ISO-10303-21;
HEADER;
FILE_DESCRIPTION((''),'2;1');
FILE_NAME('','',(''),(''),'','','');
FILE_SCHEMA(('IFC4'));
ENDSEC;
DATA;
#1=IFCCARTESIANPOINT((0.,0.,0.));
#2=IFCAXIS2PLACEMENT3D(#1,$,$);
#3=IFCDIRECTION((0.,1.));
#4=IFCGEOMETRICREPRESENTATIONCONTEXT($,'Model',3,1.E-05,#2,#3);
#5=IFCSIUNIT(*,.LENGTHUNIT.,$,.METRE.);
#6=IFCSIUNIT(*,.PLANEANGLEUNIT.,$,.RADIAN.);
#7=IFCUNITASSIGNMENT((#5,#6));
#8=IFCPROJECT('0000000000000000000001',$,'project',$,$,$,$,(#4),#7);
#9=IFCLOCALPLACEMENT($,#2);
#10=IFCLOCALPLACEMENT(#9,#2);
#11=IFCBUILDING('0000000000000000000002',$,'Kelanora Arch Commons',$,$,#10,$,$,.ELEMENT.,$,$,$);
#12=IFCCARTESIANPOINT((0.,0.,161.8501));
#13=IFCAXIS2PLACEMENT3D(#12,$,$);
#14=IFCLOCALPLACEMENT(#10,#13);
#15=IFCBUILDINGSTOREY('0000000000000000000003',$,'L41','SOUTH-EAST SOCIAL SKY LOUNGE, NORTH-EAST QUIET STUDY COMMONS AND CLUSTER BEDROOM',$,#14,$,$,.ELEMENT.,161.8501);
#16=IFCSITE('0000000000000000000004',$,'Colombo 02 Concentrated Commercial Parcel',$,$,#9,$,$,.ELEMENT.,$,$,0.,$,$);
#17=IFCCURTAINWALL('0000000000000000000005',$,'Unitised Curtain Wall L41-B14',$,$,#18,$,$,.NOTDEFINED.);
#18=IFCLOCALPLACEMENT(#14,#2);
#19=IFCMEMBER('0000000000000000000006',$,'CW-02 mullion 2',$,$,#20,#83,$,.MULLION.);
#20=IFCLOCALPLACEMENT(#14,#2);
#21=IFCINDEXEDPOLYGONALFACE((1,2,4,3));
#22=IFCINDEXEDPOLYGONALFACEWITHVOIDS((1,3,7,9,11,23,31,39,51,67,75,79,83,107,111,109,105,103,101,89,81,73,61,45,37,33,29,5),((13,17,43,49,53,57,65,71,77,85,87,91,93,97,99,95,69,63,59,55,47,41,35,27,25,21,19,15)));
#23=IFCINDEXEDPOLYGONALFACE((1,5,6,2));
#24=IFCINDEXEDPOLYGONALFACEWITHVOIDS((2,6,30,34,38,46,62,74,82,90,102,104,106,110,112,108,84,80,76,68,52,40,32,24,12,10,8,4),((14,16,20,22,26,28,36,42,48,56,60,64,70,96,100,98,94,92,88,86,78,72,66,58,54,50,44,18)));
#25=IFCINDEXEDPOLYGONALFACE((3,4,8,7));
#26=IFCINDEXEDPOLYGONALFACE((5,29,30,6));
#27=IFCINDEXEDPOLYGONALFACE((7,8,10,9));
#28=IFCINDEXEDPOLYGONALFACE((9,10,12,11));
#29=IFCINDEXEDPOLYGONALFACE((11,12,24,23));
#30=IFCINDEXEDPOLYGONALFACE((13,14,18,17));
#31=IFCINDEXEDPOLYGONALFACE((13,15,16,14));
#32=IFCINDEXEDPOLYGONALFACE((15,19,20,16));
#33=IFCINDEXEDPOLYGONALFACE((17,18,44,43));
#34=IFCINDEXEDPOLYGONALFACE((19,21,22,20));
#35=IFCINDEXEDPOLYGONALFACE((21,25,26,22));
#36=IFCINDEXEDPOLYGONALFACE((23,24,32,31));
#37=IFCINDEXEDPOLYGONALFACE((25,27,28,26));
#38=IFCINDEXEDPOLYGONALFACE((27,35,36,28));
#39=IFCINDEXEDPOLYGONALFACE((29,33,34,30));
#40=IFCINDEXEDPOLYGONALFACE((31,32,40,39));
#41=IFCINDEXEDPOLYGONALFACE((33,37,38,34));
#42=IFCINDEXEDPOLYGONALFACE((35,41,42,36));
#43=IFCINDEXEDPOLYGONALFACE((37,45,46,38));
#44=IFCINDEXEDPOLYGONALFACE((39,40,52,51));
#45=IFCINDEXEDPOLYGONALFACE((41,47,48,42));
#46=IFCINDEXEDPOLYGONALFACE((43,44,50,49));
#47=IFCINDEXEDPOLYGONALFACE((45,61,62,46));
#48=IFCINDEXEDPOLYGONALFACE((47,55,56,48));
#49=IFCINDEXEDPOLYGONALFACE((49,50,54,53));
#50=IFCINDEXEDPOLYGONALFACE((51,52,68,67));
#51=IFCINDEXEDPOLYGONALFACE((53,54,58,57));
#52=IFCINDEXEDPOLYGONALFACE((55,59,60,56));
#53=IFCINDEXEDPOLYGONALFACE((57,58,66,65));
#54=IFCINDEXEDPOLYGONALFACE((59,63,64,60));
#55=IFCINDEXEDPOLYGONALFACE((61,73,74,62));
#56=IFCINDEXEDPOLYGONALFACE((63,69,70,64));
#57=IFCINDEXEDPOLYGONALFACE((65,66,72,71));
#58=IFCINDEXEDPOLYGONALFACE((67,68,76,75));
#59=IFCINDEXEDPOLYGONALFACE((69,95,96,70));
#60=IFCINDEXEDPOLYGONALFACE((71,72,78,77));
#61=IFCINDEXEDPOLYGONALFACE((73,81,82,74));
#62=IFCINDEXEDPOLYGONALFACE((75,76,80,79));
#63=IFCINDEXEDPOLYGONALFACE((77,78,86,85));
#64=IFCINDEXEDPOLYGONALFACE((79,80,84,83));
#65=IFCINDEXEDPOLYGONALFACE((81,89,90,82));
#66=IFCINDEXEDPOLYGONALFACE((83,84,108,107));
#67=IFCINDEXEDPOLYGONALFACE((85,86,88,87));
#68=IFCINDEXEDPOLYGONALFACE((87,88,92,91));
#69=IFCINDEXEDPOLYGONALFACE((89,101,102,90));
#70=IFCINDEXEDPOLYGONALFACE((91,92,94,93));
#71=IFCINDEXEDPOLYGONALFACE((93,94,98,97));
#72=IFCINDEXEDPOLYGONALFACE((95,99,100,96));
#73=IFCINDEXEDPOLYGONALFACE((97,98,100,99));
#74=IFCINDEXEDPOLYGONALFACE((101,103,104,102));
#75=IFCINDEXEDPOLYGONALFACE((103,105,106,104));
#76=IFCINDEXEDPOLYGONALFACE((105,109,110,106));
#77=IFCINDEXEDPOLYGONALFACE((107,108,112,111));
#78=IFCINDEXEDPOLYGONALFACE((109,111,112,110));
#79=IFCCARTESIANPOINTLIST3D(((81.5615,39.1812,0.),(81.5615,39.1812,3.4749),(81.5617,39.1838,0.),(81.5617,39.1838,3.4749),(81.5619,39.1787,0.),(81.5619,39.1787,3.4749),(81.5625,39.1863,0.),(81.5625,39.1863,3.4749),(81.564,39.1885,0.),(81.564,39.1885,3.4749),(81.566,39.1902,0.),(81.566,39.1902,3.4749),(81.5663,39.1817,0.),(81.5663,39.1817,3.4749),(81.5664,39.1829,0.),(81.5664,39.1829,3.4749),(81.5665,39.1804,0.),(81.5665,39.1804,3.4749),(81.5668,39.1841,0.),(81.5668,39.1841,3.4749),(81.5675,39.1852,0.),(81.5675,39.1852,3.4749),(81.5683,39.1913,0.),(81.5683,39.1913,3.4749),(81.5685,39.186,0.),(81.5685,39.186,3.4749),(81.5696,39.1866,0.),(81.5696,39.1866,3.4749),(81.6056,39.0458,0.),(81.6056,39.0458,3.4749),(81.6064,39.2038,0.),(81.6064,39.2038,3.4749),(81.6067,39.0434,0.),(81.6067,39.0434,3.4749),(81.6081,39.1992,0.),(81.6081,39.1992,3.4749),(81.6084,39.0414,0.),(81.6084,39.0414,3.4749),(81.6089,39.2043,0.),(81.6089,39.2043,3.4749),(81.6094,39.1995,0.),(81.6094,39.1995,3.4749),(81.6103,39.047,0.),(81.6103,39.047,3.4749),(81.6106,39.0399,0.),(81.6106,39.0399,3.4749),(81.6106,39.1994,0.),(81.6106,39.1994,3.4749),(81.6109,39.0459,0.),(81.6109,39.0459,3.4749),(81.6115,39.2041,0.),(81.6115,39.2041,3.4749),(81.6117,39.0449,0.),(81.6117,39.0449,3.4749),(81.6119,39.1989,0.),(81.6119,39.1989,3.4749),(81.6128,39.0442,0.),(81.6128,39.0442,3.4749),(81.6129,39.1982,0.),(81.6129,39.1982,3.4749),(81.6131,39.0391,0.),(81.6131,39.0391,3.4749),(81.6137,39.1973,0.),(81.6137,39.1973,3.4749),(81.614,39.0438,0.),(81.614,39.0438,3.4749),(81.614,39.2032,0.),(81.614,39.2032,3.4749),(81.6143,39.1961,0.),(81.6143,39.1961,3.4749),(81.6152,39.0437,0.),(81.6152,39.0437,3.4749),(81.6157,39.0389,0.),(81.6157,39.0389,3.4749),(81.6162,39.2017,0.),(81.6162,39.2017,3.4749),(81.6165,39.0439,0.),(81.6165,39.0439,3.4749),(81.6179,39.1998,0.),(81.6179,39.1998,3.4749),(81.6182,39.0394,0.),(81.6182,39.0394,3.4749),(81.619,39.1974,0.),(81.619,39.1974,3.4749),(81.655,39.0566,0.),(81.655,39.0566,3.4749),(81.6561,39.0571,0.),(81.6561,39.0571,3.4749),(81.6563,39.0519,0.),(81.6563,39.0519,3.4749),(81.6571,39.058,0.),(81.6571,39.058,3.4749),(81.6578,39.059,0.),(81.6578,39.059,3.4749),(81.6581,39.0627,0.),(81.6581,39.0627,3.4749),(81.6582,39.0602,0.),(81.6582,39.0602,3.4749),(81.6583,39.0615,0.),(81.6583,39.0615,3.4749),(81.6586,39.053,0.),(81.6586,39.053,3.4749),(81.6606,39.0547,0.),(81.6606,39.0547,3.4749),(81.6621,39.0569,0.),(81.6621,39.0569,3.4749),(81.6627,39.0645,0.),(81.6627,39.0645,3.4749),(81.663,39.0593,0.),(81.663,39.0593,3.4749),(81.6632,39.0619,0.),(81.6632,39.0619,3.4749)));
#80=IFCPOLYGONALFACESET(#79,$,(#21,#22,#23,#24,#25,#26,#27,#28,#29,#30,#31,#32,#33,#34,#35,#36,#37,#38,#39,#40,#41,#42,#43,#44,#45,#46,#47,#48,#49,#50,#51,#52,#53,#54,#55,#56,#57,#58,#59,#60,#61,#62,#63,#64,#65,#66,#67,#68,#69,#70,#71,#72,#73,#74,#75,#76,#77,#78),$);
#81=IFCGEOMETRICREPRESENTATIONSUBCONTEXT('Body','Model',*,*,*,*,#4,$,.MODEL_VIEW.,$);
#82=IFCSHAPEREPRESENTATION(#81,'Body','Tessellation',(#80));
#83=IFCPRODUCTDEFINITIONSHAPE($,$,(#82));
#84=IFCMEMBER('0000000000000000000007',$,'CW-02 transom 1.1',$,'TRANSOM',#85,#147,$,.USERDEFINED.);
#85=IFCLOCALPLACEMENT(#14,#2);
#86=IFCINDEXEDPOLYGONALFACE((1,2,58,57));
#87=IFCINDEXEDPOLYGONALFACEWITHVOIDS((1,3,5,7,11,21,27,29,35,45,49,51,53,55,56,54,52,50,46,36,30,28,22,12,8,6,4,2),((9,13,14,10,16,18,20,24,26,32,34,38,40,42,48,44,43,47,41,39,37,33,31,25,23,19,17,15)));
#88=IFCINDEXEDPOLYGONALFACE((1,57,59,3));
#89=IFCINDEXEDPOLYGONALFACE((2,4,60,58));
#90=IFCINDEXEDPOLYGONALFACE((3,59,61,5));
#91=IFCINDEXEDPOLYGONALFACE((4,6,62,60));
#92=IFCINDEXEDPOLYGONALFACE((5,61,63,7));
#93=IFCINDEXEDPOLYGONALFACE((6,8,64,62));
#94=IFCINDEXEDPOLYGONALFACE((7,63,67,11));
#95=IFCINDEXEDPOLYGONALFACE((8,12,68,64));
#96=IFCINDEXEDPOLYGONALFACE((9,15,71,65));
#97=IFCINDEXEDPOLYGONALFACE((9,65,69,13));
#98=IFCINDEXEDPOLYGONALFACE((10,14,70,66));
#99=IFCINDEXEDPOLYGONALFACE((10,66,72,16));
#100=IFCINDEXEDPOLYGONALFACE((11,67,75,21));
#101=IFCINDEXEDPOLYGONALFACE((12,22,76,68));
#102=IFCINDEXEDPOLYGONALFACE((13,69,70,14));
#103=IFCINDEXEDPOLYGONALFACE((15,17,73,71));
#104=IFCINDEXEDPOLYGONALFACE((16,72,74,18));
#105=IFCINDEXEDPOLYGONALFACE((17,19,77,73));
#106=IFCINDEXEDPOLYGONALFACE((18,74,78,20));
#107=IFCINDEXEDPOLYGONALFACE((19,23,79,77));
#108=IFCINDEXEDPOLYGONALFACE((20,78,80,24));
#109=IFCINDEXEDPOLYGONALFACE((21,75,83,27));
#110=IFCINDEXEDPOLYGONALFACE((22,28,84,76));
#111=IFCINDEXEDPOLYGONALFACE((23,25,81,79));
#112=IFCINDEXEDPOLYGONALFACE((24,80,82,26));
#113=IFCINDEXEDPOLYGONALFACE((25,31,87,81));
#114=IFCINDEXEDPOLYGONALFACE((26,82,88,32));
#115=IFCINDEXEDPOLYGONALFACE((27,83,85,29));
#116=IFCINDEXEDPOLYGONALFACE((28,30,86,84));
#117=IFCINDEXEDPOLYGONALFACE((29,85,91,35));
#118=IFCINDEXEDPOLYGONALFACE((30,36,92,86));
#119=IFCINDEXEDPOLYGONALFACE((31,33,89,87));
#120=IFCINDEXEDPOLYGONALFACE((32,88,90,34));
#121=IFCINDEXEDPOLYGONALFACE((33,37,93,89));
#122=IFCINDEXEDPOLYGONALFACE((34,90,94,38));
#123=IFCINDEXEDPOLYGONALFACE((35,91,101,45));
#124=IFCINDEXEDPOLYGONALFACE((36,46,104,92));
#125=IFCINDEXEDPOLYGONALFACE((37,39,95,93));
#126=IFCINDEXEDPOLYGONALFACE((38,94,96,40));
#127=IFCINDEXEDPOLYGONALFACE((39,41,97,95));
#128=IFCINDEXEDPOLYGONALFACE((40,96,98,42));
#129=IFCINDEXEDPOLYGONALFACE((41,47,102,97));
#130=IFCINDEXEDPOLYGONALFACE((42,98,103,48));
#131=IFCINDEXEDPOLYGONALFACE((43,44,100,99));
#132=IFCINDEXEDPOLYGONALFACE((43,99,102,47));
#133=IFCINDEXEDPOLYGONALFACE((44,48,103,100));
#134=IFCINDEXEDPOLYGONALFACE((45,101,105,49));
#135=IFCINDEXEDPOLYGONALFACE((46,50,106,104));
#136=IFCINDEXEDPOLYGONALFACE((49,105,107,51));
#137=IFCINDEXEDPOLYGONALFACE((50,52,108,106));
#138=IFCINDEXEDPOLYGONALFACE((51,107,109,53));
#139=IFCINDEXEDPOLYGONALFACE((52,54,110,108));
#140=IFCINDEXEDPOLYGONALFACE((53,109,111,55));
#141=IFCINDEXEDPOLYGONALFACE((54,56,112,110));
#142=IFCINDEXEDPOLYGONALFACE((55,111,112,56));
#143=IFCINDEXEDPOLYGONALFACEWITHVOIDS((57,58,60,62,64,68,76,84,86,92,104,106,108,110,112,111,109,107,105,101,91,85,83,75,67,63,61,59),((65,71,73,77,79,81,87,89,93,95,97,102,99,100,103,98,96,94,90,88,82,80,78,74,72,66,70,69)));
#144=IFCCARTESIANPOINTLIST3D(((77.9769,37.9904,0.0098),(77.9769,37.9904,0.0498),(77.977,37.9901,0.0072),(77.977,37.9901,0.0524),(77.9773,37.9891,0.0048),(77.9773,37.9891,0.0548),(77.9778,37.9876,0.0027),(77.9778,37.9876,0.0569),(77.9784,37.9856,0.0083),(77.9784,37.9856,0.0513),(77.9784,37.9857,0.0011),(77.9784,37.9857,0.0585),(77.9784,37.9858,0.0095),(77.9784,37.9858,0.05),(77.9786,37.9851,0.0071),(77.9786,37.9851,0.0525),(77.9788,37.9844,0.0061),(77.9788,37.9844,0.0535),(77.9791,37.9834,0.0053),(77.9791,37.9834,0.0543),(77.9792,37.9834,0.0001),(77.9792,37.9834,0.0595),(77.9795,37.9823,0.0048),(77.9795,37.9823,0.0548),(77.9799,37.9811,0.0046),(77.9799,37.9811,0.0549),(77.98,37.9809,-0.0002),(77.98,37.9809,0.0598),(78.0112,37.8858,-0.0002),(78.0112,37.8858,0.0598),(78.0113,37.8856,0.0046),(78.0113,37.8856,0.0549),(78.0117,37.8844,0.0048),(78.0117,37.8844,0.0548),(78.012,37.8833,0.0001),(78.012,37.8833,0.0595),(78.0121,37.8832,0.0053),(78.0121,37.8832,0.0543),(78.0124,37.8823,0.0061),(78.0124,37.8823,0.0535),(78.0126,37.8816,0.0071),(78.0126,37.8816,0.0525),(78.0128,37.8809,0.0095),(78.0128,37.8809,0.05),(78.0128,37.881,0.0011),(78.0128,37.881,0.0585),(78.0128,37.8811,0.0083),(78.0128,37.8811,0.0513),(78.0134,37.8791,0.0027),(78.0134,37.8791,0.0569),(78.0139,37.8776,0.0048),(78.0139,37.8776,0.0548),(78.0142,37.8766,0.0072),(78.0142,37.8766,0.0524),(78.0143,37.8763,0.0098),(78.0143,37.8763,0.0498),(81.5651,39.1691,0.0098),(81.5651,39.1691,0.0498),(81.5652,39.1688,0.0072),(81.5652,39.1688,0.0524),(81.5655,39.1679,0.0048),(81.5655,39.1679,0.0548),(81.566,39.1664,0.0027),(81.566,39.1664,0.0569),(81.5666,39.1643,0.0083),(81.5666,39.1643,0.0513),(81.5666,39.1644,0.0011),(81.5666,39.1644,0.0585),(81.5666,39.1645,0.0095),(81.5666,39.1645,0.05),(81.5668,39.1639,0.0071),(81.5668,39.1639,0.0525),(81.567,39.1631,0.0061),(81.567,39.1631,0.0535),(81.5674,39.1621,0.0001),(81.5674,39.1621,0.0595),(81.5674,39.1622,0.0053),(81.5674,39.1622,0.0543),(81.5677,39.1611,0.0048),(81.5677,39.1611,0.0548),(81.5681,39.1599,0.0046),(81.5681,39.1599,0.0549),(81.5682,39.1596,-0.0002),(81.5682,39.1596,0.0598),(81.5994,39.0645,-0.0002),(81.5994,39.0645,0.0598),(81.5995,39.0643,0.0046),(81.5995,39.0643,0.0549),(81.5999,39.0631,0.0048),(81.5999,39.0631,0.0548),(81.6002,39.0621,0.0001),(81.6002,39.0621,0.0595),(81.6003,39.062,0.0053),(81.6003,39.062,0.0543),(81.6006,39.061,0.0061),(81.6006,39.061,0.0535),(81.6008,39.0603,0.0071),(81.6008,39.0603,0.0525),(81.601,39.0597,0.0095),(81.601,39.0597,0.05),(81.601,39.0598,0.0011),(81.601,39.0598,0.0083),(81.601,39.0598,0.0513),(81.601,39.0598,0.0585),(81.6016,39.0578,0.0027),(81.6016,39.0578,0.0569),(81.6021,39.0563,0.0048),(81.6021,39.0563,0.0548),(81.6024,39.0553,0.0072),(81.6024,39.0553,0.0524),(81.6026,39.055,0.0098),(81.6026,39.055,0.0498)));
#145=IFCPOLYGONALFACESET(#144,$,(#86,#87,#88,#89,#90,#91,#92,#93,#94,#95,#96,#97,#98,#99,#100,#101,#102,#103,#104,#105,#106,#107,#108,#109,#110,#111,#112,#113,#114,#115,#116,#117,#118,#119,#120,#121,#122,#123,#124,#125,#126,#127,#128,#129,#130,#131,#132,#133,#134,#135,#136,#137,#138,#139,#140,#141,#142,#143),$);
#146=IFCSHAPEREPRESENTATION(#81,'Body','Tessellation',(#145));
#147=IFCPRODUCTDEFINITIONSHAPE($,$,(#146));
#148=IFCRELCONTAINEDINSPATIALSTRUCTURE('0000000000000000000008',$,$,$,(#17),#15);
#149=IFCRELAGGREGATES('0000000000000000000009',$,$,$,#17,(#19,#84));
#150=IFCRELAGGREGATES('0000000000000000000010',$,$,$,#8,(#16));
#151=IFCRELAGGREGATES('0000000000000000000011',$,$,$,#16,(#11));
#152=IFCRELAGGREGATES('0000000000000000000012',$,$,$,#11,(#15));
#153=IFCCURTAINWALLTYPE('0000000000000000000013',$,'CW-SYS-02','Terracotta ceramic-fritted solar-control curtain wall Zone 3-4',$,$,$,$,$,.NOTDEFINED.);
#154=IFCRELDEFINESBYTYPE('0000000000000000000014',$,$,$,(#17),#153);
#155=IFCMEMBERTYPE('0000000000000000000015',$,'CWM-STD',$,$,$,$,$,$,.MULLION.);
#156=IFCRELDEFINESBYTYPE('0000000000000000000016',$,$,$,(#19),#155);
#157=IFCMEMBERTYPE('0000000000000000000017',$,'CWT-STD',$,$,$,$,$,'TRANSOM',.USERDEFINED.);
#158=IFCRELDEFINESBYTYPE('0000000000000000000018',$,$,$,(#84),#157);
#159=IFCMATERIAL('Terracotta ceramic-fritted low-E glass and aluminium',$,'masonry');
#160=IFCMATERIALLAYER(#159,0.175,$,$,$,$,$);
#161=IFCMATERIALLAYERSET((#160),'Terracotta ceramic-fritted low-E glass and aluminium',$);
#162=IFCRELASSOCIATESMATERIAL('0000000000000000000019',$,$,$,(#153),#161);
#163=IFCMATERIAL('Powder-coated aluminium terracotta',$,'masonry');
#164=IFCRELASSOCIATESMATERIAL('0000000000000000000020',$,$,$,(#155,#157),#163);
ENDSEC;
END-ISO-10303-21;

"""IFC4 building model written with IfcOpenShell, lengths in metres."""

from ifc_helpers import new_model, si_unit, direction, frame, origin, origin_2d, place, context, subcontext, project, spatial, hollow_rectangle, extrude, material, layer, layer_set, material_profile, profile_set, type_object, element, aggregate, save


model = new_model("IFC4")

# Units and contexts
model_context = context("Model", 3, precision=1e-05, world=origin(), true_north=direction((0.0, 1.0)))
body_context = subcontext(model_context, "Body", "Model", "MODEL_VIEW")
ifc_project = project(units=[si_unit("LENGTHUNIT", "METRE"), si_unit("PLANEANGLEUNIT", "RADIAN")], contexts=[model_context])

# Site, building, storey
site_placement = place(None, origin())
site = spatial("IfcSite", under=ifc_project, at=site_placement, Name="Colombo 02 Concentrated Commercial Parcel", CompositionType="ELEMENT", RefElevation=0.0)
building_placement = place(site_placement, origin())
building = spatial("IfcBuilding", under=site, at=building_placement, Name="Kelanora Arch Commons", CompositionType="ELEMENT")
storey_placement = place(building_placement, frame((0.0, 0.0, 161.8501)))
storey = spatial("IfcBuildingStorey", under=building, at=storey_placement, Name="L41", Description="SOUTH-EAST SOCIAL SKY LOUNGE, NORTH-EAST QUIET STUDY COMMONS AND CLUSTER BEDROOM", CompositionType="ELEMENT", Elevation=161.8501)

# Curtain wall, members
ifc_material_1 = material(Name="Terracotta ceramic-fritted low-E glass and aluminium", Category="masonry")
ifc_layer_1 = layer(ifc_material_1, 0.175)
ifc_layer_set_1 = layer_set([ifc_layer_1], Name="Terracotta ceramic-fritted low-E glass and aluminium")
curtain_wall_type = type_object("IfcCurtainWallType", Name="CW-SYS-02", Description="Terracotta ceramic-fritted solar-control curtain wall Zone 3-4", PredefinedType="NOTDEFINED", material=ifc_layer_set_1)
curtain_wall_placement = place(storey_placement, origin())
curtain_wall = element("IfcCurtainWall", 1, at=curtain_wall_placement, inside=storey, type_object=curtain_wall_type, Name="Unitised Curtain Wall L41-B14", PredefinedType="NOTDEFINED")
ifc_material_2 = material(Name="Powder-coated aluminium terracotta", Category="masonry")
ifc_material_profile_1 = material_profile(ifc_material_2, hollow_rectangle(XDim=0.1599, YDim=0.0601, WallThickness=0.0049, InnerFilletRadius=0.0049, OuterFilletRadius=0.01, at=origin_2d()), Name="CWM160x60")
ifc_profile_set_1 = profile_set([ifc_material_profile_1], Name="Powder-coated aluminium terracotta")
member_type_1 = type_object("IfcMemberType", Name="CWM-STD", PredefinedType="MULLION", material=ifc_profile_set_1)
member_1_placement = place(storey_placement, frame((81.6123, 39.1216, 0.0), z_axis=(0.0, 0.0, 1.0), x_axis=(-0.312128, 0.95004, 0.0)))
member_1 = element("IfcMember", 2, at=member_1_placement, type_object=member_type_1, Name="CW-02 mullion 2", PredefinedType="MULLION", context=body_context, shape_type="SweptSolid", body=[
    extrude(hollow_rectangle(XDim=0.1599, YDim=0.0601, WallThickness=0.0049, InnerFilletRadius=0.0049, OuterFilletRadius=0.01, at=origin_2d()), origin(), (0.0, 0.0, 1.0), 3.4749),
])
ifc_material_profile_2 = material_profile(ifc_material_2, hollow_rectangle(XDim=0.1201, YDim=0.0601, WallThickness=0.0049, InnerFilletRadius=0.0049, OuterFilletRadius=0.01, at=origin_2d()), Name="CWT120x60")
ifc_profile_set_2 = profile_set([ifc_material_profile_2], Name="Powder-coated aluminium terracotta")
member_type_2 = type_object("IfcMemberType", Name="CWT-STD", ElementType="TRANSOM", PredefinedType="USERDEFINED", material=ifc_profile_set_2)
member_2_placement = place(storey_placement, frame((77.9956, 37.9333, 0.0298), z_axis=(0.950051, 0.312094, 0.0), x_axis=(-0.312094, 0.950051, 0.0)))
member_2 = element("IfcMember", 3, at=member_2_placement, type_object=member_type_2, Name="CW-02 transom 1.1", ObjectType="TRANSOM", PredefinedType="USERDEFINED", context=body_context, shape_type="SweptSolid", body=[
    extrude(hollow_rectangle(XDim=0.1201, YDim=0.0601, WallThickness=0.0049, InnerFilletRadius=0.0049, OuterFilletRadius=0.01, at=origin_2d()), origin(), (0.0, 0.0, 1.0), 3.7769),
])
aggregate(curtain_wall, [member_1, member_2])

save(model, "model.ifc")
